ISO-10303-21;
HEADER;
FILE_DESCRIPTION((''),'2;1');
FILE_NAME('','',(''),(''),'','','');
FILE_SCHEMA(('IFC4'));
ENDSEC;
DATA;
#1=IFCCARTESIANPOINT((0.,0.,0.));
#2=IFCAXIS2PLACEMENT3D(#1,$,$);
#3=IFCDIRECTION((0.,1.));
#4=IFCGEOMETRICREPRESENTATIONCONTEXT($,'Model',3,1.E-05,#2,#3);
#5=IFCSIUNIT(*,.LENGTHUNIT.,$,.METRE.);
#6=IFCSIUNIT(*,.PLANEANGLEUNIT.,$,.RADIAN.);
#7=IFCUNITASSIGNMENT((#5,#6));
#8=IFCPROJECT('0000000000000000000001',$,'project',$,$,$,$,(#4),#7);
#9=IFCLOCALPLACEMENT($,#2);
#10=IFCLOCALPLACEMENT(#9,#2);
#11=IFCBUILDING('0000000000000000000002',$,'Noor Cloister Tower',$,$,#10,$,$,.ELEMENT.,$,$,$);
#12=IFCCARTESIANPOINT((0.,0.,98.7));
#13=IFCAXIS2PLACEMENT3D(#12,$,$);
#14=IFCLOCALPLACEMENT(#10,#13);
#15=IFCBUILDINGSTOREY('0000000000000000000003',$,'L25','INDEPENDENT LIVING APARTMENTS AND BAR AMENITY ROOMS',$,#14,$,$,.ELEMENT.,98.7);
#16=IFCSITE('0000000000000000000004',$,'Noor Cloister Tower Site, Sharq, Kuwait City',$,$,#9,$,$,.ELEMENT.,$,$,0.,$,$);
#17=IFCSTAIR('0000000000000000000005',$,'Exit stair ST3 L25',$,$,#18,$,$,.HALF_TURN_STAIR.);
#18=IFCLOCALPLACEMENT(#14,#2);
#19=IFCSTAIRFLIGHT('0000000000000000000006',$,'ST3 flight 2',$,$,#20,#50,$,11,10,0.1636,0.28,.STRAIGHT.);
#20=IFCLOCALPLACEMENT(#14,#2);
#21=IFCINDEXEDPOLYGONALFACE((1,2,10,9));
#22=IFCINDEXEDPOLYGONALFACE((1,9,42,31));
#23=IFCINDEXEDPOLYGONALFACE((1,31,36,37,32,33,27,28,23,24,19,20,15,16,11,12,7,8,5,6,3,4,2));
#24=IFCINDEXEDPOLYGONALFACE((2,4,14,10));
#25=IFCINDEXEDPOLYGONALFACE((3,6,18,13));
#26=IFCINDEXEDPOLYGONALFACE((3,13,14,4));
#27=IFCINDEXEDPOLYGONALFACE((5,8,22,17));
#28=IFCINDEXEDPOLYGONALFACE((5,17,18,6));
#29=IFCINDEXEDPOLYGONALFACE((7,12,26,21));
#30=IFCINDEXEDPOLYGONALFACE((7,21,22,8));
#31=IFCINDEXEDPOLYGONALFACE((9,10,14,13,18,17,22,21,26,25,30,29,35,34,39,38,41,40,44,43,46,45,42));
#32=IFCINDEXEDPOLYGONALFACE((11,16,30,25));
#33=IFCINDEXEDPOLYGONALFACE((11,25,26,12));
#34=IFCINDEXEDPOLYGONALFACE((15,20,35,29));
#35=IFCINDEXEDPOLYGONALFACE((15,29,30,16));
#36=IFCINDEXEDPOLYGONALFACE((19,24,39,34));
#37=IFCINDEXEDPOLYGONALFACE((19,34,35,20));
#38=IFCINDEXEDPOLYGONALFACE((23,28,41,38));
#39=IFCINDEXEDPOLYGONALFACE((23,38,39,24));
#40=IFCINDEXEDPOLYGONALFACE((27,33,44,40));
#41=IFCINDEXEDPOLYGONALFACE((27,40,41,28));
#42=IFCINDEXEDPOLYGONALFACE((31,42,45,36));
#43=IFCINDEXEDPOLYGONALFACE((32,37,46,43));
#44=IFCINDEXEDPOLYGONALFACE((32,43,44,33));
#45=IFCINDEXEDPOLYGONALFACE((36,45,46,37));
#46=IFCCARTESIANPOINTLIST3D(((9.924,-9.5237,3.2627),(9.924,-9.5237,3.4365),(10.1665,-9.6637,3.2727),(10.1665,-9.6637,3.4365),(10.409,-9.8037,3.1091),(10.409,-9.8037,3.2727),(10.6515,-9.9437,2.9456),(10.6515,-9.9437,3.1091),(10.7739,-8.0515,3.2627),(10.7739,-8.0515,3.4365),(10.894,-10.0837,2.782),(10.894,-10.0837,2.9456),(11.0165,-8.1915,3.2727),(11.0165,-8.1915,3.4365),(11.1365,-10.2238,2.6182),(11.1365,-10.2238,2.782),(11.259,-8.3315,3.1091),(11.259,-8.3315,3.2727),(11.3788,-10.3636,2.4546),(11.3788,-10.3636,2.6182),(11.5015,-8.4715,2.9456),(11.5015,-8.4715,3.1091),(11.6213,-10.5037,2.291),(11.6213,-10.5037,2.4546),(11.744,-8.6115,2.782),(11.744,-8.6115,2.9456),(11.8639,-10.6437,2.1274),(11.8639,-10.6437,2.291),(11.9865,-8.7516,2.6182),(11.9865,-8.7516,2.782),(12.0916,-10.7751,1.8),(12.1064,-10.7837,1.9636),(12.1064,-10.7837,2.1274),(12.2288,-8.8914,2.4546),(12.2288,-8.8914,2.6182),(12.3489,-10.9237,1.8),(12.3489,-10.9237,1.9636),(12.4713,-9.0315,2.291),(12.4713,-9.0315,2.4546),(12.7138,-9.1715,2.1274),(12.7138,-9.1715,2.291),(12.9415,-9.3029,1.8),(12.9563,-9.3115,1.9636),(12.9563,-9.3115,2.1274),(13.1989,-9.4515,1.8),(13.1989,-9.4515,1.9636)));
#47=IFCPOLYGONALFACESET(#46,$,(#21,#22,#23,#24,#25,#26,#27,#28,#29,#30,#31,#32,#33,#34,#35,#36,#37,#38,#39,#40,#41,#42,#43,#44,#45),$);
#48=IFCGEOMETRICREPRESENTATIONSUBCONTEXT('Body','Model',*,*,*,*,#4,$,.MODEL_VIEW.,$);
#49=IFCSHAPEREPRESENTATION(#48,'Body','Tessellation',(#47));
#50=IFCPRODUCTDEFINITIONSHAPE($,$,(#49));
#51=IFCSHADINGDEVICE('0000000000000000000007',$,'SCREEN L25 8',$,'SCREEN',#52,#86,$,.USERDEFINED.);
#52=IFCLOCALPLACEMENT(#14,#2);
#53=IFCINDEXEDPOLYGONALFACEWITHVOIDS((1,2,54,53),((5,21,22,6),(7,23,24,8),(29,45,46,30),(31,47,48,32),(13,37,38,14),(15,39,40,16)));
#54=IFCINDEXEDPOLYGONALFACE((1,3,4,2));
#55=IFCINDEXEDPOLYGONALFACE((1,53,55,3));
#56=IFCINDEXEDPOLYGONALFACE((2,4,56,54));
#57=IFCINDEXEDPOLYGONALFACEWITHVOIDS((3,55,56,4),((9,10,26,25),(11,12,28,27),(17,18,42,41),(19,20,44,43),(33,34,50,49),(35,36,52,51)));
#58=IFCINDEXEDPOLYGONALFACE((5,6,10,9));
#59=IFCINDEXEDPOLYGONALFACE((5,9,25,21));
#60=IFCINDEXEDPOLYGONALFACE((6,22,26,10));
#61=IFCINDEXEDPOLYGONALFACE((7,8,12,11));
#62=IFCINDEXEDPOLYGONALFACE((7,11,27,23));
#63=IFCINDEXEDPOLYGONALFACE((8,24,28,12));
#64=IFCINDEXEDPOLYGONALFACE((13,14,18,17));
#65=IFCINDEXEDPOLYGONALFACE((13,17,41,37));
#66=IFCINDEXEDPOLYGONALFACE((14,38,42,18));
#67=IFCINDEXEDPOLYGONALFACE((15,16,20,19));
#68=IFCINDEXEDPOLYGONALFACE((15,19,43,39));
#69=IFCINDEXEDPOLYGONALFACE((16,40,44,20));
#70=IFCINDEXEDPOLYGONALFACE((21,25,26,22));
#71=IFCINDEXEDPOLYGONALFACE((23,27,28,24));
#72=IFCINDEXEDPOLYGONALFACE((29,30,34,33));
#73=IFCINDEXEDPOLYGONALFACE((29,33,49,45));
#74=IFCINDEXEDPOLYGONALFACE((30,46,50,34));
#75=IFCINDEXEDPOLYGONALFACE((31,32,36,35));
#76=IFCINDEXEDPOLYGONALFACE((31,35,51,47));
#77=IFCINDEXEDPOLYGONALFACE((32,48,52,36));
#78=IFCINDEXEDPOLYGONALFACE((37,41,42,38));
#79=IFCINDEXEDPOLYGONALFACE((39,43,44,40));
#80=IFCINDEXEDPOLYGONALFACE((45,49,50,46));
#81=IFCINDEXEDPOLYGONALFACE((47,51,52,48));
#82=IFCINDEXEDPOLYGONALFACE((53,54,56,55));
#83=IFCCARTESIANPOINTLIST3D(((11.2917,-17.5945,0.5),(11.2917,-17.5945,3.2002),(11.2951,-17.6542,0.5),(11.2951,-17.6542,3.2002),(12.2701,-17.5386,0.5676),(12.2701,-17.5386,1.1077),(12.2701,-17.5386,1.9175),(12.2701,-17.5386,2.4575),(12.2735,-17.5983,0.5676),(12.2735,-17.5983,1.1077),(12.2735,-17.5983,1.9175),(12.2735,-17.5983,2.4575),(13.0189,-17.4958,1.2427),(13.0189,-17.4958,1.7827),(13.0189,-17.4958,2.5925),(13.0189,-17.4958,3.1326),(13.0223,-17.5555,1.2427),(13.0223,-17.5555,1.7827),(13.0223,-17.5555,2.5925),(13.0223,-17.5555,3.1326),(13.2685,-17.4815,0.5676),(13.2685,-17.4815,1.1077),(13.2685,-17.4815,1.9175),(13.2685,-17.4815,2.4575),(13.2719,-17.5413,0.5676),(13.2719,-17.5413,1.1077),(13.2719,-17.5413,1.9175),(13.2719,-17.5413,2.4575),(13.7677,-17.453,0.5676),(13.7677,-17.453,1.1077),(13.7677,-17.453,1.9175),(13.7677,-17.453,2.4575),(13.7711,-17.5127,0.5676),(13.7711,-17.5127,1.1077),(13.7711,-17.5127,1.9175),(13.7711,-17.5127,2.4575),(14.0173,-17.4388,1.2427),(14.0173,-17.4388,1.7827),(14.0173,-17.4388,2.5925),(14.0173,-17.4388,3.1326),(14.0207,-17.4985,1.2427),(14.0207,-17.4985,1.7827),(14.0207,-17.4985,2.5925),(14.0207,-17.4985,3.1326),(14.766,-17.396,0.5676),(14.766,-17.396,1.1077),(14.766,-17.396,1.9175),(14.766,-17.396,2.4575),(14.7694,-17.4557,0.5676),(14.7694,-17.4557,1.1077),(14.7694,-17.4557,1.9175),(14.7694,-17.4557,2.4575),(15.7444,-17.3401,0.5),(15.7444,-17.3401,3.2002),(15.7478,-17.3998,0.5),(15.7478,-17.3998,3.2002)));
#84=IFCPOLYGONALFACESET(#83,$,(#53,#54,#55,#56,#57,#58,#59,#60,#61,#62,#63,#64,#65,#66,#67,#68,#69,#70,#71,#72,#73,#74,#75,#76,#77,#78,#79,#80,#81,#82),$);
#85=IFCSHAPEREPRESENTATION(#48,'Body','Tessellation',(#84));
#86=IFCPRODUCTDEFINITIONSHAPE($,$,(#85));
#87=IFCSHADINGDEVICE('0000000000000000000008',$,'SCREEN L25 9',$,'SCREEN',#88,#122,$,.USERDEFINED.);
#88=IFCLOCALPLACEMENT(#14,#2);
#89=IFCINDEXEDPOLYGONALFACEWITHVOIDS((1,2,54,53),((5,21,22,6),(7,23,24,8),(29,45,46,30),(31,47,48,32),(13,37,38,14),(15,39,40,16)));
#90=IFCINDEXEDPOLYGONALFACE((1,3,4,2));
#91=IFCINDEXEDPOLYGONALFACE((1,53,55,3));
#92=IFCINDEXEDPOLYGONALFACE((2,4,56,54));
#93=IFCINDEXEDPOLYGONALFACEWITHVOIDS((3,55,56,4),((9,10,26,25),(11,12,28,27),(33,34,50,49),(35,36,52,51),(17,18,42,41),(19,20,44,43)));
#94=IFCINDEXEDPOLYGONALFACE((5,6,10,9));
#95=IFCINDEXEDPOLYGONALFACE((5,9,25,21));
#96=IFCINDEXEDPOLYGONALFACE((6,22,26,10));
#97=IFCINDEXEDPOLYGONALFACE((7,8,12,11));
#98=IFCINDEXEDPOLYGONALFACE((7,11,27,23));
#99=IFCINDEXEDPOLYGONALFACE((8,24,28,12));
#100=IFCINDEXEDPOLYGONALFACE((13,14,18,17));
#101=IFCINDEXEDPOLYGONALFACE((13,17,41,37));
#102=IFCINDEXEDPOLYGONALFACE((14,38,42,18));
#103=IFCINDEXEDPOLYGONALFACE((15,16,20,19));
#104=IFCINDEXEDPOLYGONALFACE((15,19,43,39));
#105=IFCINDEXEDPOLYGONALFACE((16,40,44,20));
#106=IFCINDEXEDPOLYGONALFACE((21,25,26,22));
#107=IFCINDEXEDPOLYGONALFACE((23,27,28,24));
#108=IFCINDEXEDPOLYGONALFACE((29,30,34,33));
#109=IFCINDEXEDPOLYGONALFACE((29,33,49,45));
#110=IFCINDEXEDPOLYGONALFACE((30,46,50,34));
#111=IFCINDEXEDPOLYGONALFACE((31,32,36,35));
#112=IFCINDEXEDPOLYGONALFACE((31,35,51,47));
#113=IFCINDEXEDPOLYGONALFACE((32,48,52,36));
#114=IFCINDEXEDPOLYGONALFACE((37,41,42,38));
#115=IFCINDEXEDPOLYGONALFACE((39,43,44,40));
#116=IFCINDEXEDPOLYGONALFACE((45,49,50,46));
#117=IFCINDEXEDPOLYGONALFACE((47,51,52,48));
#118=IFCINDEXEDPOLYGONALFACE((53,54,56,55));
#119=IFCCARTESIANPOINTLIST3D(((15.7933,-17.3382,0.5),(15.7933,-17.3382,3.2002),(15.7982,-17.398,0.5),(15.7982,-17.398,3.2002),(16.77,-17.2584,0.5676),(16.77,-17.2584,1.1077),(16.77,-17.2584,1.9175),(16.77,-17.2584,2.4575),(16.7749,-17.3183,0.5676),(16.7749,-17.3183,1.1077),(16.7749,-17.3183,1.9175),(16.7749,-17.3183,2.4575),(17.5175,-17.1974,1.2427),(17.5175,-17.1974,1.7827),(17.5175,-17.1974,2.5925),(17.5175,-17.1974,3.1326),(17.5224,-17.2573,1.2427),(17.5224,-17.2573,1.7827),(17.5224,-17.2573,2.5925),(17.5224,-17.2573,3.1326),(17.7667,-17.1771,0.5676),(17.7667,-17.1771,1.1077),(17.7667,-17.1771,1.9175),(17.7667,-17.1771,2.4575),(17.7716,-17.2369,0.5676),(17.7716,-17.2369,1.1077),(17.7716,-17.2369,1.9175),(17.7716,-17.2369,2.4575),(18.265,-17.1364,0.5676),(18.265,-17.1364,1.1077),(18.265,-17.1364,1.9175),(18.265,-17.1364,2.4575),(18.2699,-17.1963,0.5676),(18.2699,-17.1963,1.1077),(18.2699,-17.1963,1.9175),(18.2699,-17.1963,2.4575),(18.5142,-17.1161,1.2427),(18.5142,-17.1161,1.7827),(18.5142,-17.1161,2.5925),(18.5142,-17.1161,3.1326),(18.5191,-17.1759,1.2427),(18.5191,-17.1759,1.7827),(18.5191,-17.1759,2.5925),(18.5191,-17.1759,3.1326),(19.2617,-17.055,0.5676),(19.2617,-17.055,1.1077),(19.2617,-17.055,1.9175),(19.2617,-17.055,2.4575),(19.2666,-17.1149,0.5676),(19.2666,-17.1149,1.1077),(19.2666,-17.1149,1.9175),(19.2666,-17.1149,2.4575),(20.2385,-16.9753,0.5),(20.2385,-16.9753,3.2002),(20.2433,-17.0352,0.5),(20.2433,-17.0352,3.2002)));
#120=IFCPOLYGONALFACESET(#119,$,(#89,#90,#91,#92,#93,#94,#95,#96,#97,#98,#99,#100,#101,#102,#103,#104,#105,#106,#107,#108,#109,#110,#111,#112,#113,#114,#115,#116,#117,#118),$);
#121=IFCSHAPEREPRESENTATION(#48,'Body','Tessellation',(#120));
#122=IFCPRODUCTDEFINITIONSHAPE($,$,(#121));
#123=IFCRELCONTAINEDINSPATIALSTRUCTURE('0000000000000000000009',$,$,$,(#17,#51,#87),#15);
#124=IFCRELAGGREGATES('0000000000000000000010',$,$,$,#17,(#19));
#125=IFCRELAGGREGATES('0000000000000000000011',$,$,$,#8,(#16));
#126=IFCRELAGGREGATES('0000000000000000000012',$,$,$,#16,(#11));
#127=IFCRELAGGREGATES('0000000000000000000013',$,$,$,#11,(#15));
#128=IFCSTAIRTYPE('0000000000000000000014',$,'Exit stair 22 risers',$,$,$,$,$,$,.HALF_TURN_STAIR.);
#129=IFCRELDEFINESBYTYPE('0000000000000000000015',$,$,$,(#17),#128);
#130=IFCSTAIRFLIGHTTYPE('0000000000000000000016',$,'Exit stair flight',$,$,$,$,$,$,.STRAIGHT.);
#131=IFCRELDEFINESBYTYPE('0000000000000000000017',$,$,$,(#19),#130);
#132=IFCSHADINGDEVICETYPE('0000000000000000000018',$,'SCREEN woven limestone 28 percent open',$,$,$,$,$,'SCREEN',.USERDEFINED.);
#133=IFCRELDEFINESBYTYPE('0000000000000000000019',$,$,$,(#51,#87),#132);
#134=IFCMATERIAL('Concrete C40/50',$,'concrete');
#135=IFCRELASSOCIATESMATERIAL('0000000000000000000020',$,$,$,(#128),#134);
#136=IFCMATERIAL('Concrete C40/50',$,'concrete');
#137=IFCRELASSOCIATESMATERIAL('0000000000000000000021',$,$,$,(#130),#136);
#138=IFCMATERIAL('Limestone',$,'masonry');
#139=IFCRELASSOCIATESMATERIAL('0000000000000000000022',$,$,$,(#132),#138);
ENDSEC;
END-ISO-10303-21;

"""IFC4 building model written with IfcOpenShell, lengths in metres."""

from ifc_helpers import new_model, si_unit, direction, frame, origin, place, context, subcontext, project, spatial, polyline, outline, extrude, material, material_profile, profile_set, type_object, element, aggregate, save


model = new_model("IFC4")

# Units and contexts
model_context = context("Model", 3, precision=1e-05, world=origin(), true_north=direction((0.0, 1.0)))
body_context = subcontext(model_context, "Body", "Model", "MODEL_VIEW")
ifc_project = project(units=[si_unit("LENGTHUNIT", "METRE"), si_unit("PLANEANGLEUNIT", "RADIAN")], contexts=[model_context])

# Site, building, storey
site_placement = place(None, origin())
site = spatial("IfcSite", under=ifc_project, at=site_placement, Name="Noor Cloister Tower Site, Sharq, Kuwait City", CompositionType="ELEMENT", RefElevation=0.0)
building_placement = place(site_placement, origin())
building = spatial("IfcBuilding", under=site, at=building_placement, Name="Noor Cloister Tower", CompositionType="ELEMENT")
storey_placement = place(building_placement, frame((0.0, 0.0, 98.7)))
storey = spatial("IfcBuildingStorey", under=building, at=storey_placement, Name="L25", Description="INDEPENDENT LIVING APARTMENTS AND BAR AMENITY ROOMS", CompositionType="ELEMENT", Elevation=98.7)

# Stair, stair flight
ifc_material_1 = material(Name="Concrete C40/50", Category="concrete")
stair_type = type_object("IfcStairType", Name="Exit stair 22 risers", PredefinedType="HALF_TURN_STAIR", material=ifc_material_1)
stair_placement = place(storey_placement, origin())
stair = element("IfcStair", 1, at=stair_placement, inside=storey, type_object=stair_type, Name="Exit stair ST3 L25", PredefinedType="HALF_TURN_STAIR")
ifc_material_2 = material(Name="Concrete C40/50", Category="concrete")
stair_flight_type = type_object("IfcStairFlightType", Name="Exit stair flight", PredefinedType="STRAIGHT", material=ifc_material_2)
stair_flight_1_placement = place(storey_placement, frame((12.7739, -10.1875, 1.8), z_axis=(0.0, 0.0, 1.0), x_axis=(-0.866025, 0.5, 0.0)))
stair_flight_1 = element("IfcStairFlight", 2, at=stair_flight_1_placement, type_object=stair_flight_type, Name="ST3 flight 2", NumberOfRisers=11, NumberOfTreads=10, PredefinedType="STRAIGHT", RiserHeight=0.1636, TreadLength=0.28, context=body_context, shape_type="SweptSolid", body=[
    extrude(outline(polyline([(0.0, 0.0), (0.0, 0.1636), (0.28, 0.1636), (0.28, 0.3274), (0.5601, 0.3274), (0.5601, 0.491), (0.8401, 0.491), (0.8401, 0.6545), (1.1201, 0.6545), (1.1201, 0.8181), (1.3999, 0.8181), (1.3999, 0.9819), (1.6799, 0.9819), (1.6799, 1.1455), (1.96, 1.1455), (1.96, 1.3091), (2.24, 1.3091), (2.24, 1.4727), (2.52, 1.4727), (2.52, 1.6365), (2.8, 1.6365), (2.8, 1.8), (2.8, 1.4626), (0.2971, 0.0), (0.0, 0.0)])), frame((0.0, 0.8501, 0.0), z_axis=(0.0, -1.0, 0.0), x_axis=(1.0, 0.0, 0.0)), (0.0, 0.0, 1.0), 1.7),
])
aggregate(stair, [stair_flight_1])

# Shading devices
ifc_material_3 = material(Name="Limestone", Category="masonry")
ifc_material_profile_1 = material_profile(ifc_material_3, outline(polyline([(-2.23, -1.3501), (2.23, -1.3501), (2.23, 1.3501), (-2.23, 1.3501), (-2.23, -1.3501)]), holes=[polyline([(-1.25, -1.2825), (-0.25, -1.2825), (-0.25, -0.7424), (-1.25, -0.7424), (-1.25, -1.2825)]), polyline([(0.25, -1.2825), (1.25, -1.2825), (1.25, -0.7424), (0.25, -0.7424), (0.25, -1.2825)]), polyline([(-0.5, -0.6074), (0.5, -0.6074), (0.5, -0.0674), (-0.5, -0.0674), (-0.5, -0.6074)]), polyline([(-1.25, 0.0674), (-0.25, 0.0674), (-0.25, 0.6074), (-1.25, 0.6074), (-1.25, 0.0674)]), polyline([(0.25, 0.0674), (1.25, 0.0674), (1.25, 0.6074), (0.25, 0.6074), (0.25, 0.0674)]), polyline([(-0.5, 0.7424), (0.5, 0.7424), (0.5, 1.2825), (-0.5, 1.2825), (-0.5, 0.7424)])]), Name="Woven screen 28 percent open")
ifc_profile_set_1 = profile_set([ifc_material_profile_1], Name="Limestone")
shading_device_type = type_object("IfcShadingDeviceType", Name="SCREEN woven limestone 28 percent open", ElementType="SCREEN", PredefinedType="USERDEFINED", material=ifc_profile_set_1)
shading_device_1_placement = place(storey_placement, frame((13.5181, -17.4673, 1.8501), z_axis=(0.05705, -0.998371, 0.0), x_axis=(0.998371, 0.05705, 0.0)))
element("IfcShadingDevice", 3, at=shading_device_1_placement, inside=storey, type_object=shading_device_type, Name="SCREEN L25 8", ObjectType="SCREEN", PredefinedType="USERDEFINED", context=body_context, shape_type="SweptSolid", body=[
    extrude(outline(polyline([(-2.23, -1.3501), (2.23, -1.3501), (2.23, 1.3501), (-2.23, 1.3501), (-2.23, -1.3501)]), holes=[polyline([(-1.25, -1.2825), (-0.25, -1.2825), (-0.25, -0.7424), (-1.25, -0.7424), (-1.25, -1.2825)]), polyline([(0.25, -1.2825), (1.25, -1.2825), (1.25, -0.7424), (0.25, -0.7424), (0.25, -1.2825)]), polyline([(-0.5, -0.6074), (0.5, -0.6074), (0.5, -0.0674), (-0.5, -0.0674), (-0.5, -0.6074)]), polyline([(-1.25, 0.0674), (-0.25, 0.0674), (-0.25, 0.6074), (-1.25, 0.6074), (-1.25, 0.0674)]), polyline([(0.25, 0.0674), (1.25, 0.0674), (1.25, 0.6074), (0.25, 0.6074), (0.25, 0.0674)]), polyline([(-0.5, 0.7424), (0.5, 0.7424), (0.5, 1.2825), (-0.5, 1.2825), (-0.5, 0.7424)])]), origin(), (0.0, 0.0, 1.0), 0.0598),
])
shading_device_2_placement = place(storey_placement, frame((18.0159, -17.1567, 1.8501), z_axis=(0.081362, -0.996685, 0.0), x_axis=(0.996685, 0.081362, 0.0)))
element("IfcShadingDevice", 4, at=shading_device_2_placement, inside=storey, type_object=shading_device_type, Name="SCREEN L25 9", ObjectType="SCREEN", PredefinedType="USERDEFINED", context=body_context, shape_type="SweptSolid", body=[
    extrude(outline(polyline([(-2.23, -1.3501), (2.23, -1.3501), (2.23, 1.3501), (-2.23, 1.3501), (-2.23, -1.3501)]), holes=[polyline([(-1.25, -1.2825), (-0.25, -1.2825), (-0.25, -0.7424), (-1.25, -0.7424), (-1.25, -1.2825)]), polyline([(0.25, -1.2825), (1.25, -1.2825), (1.25, -0.7424), (0.25, -0.7424), (0.25, -1.2825)]), polyline([(-0.5, -0.6074), (0.5, -0.6074), (0.5, -0.0674), (-0.5, -0.0674), (-0.5, -0.6074)]), polyline([(-1.25, 0.0674), (-0.25, 0.0674), (-0.25, 0.6074), (-1.25, 0.6074), (-1.25, 0.0674)]), polyline([(0.25, 0.0674), (1.25, 0.0674), (1.25, 0.6074), (0.25, 0.6074), (0.25, 0.0674)]), polyline([(-0.5, 0.7424), (0.5, 0.7424), (0.5, 1.2825), (-0.5, 1.2825), (-0.5, 0.7424)])]), origin(), (0.0, 0.0, 1.0), 0.0601),
])

save(model, "model.ifc")
